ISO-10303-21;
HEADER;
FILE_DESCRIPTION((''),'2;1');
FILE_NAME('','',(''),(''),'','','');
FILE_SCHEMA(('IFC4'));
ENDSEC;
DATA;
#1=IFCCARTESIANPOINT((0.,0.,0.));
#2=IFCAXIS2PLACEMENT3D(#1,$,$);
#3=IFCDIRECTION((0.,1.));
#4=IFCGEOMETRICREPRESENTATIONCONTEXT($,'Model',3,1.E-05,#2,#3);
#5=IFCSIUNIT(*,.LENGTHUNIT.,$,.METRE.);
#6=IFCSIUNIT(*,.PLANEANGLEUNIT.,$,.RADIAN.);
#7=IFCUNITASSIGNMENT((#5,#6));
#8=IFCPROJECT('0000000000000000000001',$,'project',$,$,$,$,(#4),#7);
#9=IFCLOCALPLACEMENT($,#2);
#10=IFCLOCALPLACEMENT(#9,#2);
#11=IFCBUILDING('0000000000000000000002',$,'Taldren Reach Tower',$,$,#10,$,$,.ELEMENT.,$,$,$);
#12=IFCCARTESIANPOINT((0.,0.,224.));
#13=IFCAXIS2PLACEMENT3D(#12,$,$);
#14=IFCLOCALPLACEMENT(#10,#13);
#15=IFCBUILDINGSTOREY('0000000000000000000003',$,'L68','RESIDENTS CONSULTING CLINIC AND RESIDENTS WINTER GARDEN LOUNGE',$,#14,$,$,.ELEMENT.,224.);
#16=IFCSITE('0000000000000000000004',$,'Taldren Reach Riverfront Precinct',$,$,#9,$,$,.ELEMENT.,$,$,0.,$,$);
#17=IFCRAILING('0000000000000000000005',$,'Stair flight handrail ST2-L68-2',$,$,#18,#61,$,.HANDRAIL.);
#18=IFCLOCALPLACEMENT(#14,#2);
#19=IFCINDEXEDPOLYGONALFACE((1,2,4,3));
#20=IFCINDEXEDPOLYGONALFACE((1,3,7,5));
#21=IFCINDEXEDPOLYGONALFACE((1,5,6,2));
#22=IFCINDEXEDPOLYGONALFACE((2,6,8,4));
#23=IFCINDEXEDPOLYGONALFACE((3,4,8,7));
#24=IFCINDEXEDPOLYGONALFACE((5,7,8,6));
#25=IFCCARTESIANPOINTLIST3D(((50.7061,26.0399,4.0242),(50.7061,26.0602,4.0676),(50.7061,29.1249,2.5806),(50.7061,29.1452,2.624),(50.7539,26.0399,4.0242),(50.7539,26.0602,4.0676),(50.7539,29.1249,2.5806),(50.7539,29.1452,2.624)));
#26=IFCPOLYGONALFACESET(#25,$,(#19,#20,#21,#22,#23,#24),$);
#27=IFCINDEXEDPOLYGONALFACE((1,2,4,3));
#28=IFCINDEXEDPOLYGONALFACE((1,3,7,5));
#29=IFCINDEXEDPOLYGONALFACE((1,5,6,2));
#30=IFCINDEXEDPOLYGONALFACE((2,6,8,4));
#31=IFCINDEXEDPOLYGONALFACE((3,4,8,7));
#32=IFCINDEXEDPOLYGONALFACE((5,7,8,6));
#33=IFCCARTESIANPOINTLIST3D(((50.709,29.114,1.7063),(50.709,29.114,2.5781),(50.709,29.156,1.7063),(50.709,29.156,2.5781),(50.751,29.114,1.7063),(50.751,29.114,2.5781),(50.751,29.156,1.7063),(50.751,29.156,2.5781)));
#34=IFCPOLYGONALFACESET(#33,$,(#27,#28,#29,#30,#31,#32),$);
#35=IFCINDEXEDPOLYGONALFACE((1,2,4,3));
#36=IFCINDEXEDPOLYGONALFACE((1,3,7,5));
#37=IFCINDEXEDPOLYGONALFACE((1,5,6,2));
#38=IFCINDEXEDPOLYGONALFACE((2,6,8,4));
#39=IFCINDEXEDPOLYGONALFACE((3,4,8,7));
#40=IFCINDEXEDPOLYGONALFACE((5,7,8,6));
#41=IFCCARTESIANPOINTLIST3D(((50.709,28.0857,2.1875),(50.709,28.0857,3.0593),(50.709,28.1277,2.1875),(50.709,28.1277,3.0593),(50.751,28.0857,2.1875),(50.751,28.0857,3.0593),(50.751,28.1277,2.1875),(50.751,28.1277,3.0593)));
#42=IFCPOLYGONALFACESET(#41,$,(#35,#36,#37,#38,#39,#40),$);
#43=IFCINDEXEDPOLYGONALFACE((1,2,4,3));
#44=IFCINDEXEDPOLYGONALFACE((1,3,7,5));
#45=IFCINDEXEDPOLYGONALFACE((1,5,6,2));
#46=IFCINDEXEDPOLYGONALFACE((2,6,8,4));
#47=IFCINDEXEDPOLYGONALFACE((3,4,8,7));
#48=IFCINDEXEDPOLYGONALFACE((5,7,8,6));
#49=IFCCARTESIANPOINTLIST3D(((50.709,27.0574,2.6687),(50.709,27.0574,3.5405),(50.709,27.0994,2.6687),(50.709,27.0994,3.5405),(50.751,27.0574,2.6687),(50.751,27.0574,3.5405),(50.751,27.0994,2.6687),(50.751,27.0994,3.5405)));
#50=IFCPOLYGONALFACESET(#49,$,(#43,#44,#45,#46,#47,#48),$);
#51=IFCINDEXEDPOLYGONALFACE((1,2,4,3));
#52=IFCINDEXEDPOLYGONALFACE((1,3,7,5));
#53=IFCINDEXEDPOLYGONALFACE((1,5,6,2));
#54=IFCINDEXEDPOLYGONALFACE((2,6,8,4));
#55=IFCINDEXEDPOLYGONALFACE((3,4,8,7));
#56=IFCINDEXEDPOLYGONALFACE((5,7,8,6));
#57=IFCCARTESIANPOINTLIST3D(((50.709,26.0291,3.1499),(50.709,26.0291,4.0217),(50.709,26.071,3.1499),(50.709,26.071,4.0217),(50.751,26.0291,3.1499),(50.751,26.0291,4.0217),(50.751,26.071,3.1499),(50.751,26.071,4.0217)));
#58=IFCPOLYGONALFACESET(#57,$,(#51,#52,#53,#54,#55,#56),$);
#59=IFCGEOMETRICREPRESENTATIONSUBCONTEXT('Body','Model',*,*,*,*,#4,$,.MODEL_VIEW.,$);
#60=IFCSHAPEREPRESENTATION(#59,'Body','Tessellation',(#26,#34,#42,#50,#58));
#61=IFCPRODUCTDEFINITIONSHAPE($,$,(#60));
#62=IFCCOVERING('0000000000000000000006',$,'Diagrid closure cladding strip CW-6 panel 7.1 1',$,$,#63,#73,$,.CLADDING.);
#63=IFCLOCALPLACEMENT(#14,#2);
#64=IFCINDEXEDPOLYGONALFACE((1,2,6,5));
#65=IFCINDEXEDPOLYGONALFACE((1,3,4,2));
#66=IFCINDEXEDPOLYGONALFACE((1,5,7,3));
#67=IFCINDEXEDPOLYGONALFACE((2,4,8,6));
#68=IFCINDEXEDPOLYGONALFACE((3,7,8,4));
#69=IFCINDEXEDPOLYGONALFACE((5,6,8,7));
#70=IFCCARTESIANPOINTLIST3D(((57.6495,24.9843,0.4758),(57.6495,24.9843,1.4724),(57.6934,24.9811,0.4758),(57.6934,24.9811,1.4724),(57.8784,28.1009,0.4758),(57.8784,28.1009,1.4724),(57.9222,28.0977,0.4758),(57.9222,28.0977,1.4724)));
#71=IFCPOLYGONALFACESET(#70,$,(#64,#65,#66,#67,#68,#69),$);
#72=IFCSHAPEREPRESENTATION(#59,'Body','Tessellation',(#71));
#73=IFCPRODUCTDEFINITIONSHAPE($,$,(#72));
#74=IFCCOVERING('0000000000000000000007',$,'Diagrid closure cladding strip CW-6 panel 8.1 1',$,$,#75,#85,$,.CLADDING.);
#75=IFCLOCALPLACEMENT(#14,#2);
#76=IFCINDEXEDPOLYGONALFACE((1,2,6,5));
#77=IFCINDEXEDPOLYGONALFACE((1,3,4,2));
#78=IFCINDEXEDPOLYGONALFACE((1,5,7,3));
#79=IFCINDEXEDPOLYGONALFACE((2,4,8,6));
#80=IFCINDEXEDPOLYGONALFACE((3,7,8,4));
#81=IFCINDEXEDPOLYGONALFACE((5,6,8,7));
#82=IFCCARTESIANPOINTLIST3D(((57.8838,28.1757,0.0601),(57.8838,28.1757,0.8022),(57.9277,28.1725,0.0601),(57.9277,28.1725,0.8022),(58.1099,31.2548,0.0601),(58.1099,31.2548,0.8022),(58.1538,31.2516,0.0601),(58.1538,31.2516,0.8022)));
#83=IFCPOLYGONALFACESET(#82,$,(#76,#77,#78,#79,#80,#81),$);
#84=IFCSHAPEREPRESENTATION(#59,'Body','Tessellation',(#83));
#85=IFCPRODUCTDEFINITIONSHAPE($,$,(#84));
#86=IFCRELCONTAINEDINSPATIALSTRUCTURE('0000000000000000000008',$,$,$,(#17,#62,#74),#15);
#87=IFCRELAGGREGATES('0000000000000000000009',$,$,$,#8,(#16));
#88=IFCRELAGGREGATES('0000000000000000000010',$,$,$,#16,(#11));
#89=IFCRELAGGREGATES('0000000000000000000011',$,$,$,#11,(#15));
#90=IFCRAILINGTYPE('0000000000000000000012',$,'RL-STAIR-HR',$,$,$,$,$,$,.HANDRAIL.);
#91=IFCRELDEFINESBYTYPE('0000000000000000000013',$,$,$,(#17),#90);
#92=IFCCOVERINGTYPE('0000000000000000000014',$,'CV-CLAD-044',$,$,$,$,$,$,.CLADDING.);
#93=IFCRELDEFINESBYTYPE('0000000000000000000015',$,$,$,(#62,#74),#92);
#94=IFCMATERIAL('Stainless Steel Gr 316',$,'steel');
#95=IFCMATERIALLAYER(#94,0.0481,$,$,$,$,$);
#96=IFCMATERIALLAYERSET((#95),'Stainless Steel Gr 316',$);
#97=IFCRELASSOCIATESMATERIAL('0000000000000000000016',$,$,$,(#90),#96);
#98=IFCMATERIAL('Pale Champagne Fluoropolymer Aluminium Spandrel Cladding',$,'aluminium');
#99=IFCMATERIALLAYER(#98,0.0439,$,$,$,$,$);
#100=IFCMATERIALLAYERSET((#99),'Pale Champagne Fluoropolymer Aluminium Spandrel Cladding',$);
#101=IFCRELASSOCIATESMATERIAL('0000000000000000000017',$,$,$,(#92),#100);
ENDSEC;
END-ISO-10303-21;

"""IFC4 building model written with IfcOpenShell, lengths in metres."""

from ifc_helpers import new_model, si_unit, direction, frame, origin, origin_2d, place, context, subcontext, project, spatial, rectangle, extrude, source, transform, mapped, material, layer, layer_set, type_object, element, save


model = new_model("IFC4")

# Units and contexts
model_context = context("Model", 3, precision=1e-05, world=origin(), true_north=direction((0.0, 1.0)))
body_context = subcontext(model_context, "Body", "Model", "MODEL_VIEW")
ifc_project = project(units=[si_unit("LENGTHUNIT", "METRE"), si_unit("PLANEANGLEUNIT", "RADIAN")], contexts=[model_context])

# Site, building, storey
site_placement = place(None, origin())
site = spatial("IfcSite", under=ifc_project, at=site_placement, Name="Taldren Reach Riverfront Precinct", CompositionType="ELEMENT", RefElevation=0.0)
building_placement = place(site_placement, origin())
building = spatial("IfcBuilding", under=site, at=building_placement, Name="Taldren Reach Tower", CompositionType="ELEMENT")
storey_placement = place(building_placement, frame((0.0, 0.0, 224.0)))
storey = spatial("IfcBuildingStorey", under=building, at=storey_placement, Name="L68", Description="RESIDENTS CONSULTING CLINIC AND RESIDENTS WINTER GARDEN LOUNGE", CompositionType="ELEMENT", Elevation=224.0)

# Railing
ifc_material_1 = material(Name="Stainless Steel Gr 316", Category="steel")
ifc_layer_1 = layer(ifc_material_1, 0.0481)
ifc_layer_set_1 = layer_set([ifc_layer_1], Name="Stainless Steel Gr 316")
railing_type_1 = type_object("IfcRailingType", Name="RL-STAIR-HR", PredefinedType="HANDRAIL", material=ifc_layer_set_1)
railing_1_placement = place(storey_placement, frame((50.73, 29.135, 1.7063)))
element("IfcRailing", 1, at=railing_1_placement, inside=storey, type_object=railing_type_1, Name="Stair flight handrail ST2-L68-2", PredefinedType="HANDRAIL", context=body_context, shape_type="SweptSolid", body=[
    extrude(rectangle(XDim=0.0479, YDim=0.0479, at=origin_2d()), frame((0.0, 0.0, 0.896), z_axis=(0.0, -0.905738, 0.423839), x_axis=(1.0, 0.0, 0.0)), (0.0, 0.0, 1.0), 3.406),
    extrude(rectangle(XDim=0.042, YDim=0.042, at=origin_2d()), origin(), (0.0, 0.0, 1.0), 0.8718),
    extrude(rectangle(XDim=0.042, YDim=0.042, at=origin_2d()), frame((0.0, -1.0283, 0.4812)), (0.0, 0.0, 1.0), 0.8718),
    extrude(rectangle(XDim=0.042, YDim=0.042, at=origin_2d()), frame((0.0, -2.0566, 0.9624)), (0.0, 0.0, 1.0), 0.8718),
    extrude(rectangle(XDim=0.042, YDim=0.042, at=origin_2d()), frame((0.0, -3.085, 1.4436)), (0.0, 0.0, 1.0), 0.8718),
])

# Coverings
ifc_material_2 = material(Name="Pale Champagne Fluoropolymer Aluminium Spandrel Cladding", Category="aluminium")
ifc_layer_2 = layer(ifc_material_2, 0.0439)
ifc_layer_set_2 = layer_set([ifc_layer_2], Name="Pale Champagne Fluoropolymer Aluminium Spandrel Cladding")
covering_type = type_object("IfcCoveringType", Name="CV-CLAD-044", PredefinedType="CLADDING", material=ifc_layer_set_2)
shared_shape_1 = source(origin(), body_context, "Body", "SweptSolid", [
    extrude(rectangle(XDim=3.125, YDim=0.0439, at=origin_2d()), origin(), (0.0, 0.0, 1.0), 0.9966),
])
covering_1_placement = place(storey_placement, frame((57.7859, 26.541, 0.4758), z_axis=(0.0, 0.0, 1.0), x_axis=(0.073238, 0.997314, 0.0)))
element("IfcCovering", 2, at=covering_1_placement, inside=storey, type_object=covering_type, Name="Diagrid closure cladding strip CW-6 panel 7.1 1", PredefinedType="CLADDING", context=body_context, shape_type="MappedRepresentation", body=[
    mapped(shared_shape_1, transform((0.0, 0.0, 0.0), scale=1.0)),
])
shared_shape_2 = source(origin(), body_context, "Body", "SweptSolid", [
    extrude(rectangle(XDim=3.0874, YDim=0.0439, at=origin_2d()), origin(), (0.0, 0.0, 1.0), 0.7422),
])
covering_2_placement = place(storey_placement, frame((58.0188, 29.7136, 0.0601), z_axis=(0.0, 0.0, 1.0), x_axis=(0.073238, 0.997314, 0.0)))
element("IfcCovering", 3, at=covering_2_placement, inside=storey, type_object=covering_type, Name="Diagrid closure cladding strip CW-6 panel 8.1 1", PredefinedType="CLADDING", context=body_context, shape_type="MappedRepresentation", body=[
    mapped(shared_shape_2, transform((0.0, 0.0, 0.0), scale=1.0)),
])

save(model, "model.ifc")
